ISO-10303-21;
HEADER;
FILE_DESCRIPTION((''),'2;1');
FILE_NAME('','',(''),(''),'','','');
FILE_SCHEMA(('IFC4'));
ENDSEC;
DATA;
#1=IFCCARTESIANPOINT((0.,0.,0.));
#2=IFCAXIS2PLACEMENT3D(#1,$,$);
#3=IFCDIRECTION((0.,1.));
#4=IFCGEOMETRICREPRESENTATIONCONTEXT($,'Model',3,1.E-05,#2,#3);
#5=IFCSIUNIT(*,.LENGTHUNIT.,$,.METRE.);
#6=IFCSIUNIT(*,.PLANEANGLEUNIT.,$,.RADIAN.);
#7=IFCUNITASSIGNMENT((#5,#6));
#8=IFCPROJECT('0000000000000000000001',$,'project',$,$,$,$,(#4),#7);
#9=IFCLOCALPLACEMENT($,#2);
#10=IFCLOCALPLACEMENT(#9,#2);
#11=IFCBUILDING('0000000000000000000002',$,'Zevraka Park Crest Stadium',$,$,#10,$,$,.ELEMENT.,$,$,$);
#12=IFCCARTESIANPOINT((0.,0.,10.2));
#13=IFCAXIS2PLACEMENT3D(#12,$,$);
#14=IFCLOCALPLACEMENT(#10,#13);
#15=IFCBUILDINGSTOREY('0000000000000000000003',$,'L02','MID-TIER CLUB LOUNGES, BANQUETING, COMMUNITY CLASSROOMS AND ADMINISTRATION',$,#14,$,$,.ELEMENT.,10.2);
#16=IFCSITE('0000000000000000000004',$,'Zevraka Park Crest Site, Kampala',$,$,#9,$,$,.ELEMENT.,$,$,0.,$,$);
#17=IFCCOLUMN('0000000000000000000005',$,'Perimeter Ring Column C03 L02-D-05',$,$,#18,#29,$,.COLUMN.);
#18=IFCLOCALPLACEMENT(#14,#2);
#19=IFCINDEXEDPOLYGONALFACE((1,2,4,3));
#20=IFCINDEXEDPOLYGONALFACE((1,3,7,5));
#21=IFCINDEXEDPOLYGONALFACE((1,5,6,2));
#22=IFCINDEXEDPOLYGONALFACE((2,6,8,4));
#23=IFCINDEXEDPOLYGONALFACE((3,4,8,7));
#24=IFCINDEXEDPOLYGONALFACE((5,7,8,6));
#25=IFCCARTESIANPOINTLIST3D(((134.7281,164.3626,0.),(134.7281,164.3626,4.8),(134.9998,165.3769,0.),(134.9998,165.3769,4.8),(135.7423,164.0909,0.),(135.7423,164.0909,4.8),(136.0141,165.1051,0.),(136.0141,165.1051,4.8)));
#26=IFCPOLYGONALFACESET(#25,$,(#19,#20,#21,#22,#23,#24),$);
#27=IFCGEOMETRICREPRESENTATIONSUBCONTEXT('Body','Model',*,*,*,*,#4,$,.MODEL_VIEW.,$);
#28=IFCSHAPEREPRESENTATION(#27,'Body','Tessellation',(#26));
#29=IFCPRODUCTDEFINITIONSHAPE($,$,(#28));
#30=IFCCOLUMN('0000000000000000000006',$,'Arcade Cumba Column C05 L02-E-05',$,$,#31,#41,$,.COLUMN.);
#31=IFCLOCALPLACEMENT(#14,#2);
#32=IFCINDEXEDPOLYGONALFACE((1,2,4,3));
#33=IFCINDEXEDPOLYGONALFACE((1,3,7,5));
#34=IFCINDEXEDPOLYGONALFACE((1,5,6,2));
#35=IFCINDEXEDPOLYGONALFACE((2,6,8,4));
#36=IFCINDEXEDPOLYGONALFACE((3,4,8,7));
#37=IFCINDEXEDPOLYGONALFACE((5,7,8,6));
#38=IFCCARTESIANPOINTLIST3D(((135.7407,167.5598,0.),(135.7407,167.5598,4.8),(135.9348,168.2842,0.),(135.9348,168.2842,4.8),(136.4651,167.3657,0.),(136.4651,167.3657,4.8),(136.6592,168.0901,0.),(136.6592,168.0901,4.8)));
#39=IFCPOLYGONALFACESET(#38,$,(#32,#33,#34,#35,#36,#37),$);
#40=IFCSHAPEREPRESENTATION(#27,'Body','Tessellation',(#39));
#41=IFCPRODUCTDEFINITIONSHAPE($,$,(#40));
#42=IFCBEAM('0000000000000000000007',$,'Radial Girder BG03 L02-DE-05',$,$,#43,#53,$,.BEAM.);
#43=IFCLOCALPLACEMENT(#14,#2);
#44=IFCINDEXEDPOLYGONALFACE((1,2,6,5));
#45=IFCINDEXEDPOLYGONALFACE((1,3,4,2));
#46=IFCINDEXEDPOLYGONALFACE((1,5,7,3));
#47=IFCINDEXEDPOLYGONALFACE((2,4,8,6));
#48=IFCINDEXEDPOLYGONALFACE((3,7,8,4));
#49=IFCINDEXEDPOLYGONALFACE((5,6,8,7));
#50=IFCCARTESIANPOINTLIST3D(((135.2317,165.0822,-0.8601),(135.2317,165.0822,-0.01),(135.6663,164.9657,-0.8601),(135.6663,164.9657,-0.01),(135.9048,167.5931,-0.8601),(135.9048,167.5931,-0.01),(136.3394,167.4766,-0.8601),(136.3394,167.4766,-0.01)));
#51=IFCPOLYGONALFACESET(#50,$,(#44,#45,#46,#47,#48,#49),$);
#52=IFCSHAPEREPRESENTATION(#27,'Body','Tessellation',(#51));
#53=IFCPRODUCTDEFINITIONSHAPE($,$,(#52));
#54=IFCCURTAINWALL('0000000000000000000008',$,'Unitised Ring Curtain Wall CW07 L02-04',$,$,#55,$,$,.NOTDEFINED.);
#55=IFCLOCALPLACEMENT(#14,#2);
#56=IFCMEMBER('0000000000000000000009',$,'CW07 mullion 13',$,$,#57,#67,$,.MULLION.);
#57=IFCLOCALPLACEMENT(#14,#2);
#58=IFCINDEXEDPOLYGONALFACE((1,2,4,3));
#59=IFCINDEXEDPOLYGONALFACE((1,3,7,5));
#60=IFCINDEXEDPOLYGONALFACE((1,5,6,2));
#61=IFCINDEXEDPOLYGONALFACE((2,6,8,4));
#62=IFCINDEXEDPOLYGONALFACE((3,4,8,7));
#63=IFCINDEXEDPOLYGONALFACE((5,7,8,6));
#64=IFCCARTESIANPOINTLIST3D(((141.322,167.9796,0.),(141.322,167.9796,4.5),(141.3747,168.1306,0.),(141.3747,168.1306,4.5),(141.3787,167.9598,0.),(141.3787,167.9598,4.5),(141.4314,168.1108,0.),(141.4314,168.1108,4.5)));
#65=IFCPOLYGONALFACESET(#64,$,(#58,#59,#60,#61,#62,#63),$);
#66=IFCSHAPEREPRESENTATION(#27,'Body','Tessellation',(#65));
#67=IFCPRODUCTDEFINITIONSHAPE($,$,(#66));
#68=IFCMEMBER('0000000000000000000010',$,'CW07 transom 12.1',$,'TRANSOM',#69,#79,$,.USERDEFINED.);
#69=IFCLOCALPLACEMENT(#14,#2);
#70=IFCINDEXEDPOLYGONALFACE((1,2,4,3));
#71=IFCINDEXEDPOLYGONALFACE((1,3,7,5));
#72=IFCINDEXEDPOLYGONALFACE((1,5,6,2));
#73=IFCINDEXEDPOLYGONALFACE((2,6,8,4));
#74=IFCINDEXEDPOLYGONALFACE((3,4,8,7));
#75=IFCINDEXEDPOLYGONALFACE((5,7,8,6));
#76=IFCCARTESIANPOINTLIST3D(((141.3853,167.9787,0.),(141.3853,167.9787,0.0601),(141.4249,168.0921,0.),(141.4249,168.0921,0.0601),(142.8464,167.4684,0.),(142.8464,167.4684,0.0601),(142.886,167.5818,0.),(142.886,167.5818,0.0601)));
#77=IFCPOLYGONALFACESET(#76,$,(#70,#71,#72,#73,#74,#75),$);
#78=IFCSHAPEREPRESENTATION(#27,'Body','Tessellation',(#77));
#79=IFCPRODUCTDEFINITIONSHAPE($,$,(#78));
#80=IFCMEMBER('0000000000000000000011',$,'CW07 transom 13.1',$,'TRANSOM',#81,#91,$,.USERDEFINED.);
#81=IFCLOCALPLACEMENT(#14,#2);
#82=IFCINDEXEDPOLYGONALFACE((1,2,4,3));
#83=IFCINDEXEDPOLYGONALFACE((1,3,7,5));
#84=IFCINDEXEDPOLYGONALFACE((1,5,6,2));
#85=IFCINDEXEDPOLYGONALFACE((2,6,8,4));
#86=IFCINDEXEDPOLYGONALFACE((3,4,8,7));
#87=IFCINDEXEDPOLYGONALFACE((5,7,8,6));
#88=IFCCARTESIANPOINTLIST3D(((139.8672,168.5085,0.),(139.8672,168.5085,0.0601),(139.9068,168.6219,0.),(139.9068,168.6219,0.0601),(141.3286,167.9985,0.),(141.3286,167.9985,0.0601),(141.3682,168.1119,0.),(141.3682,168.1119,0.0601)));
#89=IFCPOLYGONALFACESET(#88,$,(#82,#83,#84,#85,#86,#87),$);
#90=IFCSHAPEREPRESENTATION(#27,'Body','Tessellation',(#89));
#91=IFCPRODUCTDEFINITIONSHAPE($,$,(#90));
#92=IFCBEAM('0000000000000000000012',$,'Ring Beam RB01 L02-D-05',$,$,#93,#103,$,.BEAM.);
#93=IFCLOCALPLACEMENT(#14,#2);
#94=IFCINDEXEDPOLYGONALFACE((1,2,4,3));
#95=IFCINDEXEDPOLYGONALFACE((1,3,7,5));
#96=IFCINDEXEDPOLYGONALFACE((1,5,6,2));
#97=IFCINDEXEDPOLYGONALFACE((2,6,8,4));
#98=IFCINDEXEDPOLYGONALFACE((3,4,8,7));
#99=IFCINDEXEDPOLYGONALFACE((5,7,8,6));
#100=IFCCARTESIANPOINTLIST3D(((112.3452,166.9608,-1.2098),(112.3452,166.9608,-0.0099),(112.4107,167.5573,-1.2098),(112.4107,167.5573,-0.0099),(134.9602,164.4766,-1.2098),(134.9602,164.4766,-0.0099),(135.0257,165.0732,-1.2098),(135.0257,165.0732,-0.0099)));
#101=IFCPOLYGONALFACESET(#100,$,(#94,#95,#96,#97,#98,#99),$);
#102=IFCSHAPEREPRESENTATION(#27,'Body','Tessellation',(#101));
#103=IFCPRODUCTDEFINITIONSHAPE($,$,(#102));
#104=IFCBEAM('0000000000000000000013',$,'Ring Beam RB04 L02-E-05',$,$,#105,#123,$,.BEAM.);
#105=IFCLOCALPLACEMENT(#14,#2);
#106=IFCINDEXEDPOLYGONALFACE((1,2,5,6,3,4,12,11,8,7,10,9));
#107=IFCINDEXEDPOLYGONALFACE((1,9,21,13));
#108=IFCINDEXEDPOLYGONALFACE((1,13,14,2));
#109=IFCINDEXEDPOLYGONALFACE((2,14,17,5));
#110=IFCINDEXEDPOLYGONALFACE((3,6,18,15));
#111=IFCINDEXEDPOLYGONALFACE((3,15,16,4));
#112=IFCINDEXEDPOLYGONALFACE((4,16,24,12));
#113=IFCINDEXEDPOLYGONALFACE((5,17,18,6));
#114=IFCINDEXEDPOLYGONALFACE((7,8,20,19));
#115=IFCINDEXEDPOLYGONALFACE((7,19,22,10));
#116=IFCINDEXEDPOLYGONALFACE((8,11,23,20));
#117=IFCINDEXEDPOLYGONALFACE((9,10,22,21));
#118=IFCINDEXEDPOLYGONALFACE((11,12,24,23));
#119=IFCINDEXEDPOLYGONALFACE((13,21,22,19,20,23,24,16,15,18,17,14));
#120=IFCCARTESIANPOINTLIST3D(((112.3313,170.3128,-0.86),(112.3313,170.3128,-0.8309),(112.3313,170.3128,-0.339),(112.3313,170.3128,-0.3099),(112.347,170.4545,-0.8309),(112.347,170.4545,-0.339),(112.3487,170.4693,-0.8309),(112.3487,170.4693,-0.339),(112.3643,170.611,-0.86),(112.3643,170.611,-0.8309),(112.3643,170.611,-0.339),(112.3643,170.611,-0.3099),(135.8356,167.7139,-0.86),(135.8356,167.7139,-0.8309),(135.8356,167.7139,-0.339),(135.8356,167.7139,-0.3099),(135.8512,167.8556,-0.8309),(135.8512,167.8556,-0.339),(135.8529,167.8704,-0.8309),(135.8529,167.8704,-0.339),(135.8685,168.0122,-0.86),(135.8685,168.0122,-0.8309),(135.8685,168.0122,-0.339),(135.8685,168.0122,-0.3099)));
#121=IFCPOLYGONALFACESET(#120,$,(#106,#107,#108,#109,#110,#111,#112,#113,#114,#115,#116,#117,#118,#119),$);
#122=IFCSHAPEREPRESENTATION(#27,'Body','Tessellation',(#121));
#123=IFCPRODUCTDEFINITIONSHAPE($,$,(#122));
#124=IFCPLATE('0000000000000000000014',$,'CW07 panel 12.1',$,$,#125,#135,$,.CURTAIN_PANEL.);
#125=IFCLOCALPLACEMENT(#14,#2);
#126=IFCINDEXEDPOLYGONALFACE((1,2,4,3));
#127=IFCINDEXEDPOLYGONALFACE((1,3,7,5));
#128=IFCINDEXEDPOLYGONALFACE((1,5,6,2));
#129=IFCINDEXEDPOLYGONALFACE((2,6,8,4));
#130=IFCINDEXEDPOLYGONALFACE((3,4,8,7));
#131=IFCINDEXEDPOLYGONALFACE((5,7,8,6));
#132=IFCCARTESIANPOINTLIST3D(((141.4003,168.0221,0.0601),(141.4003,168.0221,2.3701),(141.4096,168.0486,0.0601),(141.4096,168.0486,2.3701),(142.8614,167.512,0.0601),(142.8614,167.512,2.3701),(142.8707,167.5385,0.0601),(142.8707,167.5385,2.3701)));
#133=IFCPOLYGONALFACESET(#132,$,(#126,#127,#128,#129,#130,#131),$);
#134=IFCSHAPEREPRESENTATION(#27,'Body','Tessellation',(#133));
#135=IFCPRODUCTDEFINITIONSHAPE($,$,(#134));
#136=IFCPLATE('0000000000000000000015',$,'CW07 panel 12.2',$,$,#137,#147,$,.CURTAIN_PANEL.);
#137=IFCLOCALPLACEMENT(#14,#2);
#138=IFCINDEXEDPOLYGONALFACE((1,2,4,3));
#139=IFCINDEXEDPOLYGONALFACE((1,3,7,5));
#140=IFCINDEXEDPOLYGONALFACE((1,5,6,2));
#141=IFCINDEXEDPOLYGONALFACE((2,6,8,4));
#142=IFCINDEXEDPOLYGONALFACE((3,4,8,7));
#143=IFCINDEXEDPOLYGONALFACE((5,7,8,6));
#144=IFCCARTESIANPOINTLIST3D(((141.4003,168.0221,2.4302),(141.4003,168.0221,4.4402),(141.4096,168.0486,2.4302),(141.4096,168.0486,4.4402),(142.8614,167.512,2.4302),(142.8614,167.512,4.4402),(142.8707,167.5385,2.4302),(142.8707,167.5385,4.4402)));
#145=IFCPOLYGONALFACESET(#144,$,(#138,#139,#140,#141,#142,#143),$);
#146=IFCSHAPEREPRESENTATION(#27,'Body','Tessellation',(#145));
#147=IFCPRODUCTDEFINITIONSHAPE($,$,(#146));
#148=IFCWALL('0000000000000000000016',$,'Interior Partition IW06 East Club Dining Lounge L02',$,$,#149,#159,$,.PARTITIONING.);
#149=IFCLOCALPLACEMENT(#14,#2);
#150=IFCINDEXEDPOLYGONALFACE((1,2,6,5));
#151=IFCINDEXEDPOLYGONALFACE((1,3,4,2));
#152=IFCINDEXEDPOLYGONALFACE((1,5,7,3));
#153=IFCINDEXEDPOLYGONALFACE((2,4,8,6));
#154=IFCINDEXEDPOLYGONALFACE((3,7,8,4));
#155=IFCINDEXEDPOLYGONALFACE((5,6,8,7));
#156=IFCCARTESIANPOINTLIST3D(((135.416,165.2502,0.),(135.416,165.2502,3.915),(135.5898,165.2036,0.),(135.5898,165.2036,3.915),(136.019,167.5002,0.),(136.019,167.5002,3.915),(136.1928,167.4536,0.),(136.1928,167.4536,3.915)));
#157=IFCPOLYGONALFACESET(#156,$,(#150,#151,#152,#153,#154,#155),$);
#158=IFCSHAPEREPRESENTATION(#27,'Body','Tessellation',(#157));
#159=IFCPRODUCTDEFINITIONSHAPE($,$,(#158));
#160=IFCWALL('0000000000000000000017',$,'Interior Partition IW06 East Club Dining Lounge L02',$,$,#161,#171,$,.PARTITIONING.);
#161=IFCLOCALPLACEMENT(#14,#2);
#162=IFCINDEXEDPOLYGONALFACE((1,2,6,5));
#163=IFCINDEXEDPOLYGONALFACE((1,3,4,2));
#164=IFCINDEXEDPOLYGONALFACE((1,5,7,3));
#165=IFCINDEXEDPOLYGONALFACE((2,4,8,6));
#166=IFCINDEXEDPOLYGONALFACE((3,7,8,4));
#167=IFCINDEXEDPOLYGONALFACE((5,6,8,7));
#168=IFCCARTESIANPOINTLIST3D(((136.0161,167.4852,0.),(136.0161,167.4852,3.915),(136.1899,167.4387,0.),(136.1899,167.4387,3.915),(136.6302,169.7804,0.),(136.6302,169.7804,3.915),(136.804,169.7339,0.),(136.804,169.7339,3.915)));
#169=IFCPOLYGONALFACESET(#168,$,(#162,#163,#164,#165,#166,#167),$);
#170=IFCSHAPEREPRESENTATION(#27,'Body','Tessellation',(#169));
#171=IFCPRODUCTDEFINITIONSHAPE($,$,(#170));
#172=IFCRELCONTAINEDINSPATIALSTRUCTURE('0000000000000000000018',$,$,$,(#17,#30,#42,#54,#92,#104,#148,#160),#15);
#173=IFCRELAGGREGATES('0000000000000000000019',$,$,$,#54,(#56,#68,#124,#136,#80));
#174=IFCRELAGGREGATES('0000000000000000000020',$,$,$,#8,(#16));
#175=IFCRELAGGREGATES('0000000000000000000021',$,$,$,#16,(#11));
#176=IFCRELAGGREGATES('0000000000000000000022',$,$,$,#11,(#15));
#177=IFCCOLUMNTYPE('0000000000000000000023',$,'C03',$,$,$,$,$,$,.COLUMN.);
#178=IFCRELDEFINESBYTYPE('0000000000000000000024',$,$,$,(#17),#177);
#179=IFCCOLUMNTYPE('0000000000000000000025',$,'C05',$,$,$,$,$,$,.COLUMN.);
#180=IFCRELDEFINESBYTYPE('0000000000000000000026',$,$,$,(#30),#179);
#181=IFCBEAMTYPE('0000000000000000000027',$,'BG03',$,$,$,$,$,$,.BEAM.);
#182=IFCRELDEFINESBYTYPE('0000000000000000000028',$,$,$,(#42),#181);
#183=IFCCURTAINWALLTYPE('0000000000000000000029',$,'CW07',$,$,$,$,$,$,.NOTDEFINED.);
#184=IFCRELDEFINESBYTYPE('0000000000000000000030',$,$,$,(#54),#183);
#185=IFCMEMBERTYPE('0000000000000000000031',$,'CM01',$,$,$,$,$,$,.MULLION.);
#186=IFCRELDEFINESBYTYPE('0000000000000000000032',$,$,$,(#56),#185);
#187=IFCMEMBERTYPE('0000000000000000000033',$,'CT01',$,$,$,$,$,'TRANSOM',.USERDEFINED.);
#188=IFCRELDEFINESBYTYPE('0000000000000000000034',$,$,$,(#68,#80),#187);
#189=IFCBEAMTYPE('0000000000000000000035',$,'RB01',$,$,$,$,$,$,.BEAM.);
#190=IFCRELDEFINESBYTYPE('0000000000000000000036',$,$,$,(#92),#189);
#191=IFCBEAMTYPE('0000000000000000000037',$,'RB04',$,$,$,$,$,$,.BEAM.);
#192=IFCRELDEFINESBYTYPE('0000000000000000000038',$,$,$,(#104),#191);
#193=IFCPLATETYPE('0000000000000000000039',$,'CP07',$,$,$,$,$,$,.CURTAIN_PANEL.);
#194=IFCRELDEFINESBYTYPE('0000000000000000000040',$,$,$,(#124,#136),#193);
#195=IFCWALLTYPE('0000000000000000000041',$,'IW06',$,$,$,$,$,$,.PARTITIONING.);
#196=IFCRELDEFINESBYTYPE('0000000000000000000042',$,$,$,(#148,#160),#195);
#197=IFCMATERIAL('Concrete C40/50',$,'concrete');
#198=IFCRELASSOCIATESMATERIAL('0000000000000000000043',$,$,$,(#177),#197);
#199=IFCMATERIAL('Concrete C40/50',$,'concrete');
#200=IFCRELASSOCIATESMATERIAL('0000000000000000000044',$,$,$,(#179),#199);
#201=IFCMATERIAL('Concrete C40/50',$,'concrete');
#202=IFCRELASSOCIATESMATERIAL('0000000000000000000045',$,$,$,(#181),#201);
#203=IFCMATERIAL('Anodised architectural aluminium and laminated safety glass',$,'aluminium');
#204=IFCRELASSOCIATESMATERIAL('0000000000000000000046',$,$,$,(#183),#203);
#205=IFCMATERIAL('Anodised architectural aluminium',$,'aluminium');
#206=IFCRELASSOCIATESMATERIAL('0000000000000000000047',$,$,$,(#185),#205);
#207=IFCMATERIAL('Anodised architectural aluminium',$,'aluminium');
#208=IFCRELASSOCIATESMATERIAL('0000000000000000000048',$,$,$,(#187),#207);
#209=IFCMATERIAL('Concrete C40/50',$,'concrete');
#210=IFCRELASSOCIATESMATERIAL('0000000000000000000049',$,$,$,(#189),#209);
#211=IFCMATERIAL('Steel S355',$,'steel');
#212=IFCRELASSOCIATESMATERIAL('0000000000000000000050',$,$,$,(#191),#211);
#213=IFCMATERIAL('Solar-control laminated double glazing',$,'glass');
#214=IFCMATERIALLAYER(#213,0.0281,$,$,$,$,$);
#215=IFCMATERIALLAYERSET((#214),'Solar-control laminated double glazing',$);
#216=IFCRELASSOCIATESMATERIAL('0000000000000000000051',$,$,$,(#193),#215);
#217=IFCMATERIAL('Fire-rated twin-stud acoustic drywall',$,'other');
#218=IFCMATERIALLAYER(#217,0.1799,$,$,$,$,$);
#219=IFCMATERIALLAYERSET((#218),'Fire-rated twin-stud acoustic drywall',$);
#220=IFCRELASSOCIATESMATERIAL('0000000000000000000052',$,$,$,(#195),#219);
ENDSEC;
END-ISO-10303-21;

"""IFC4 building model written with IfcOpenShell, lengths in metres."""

from ifc_helpers import new_model, si_unit, direction, frame, frame_2d, origin, origin_2d, place, context, subcontext, project, spatial, rectangle, i_section, extrude, material, layer, layer_set, material_profile, profile_set, type_object, element, aggregate, save


model = new_model("IFC4")

# Units and contexts
model_context = context("Model", 3, precision=1e-05, world=origin(), true_north=direction((0.0, 1.0)))
body_context = subcontext(model_context, "Body", "Model", "MODEL_VIEW")
ifc_project = project(units=[si_unit("LENGTHUNIT", "METRE"), si_unit("PLANEANGLEUNIT", "RADIAN")], contexts=[model_context])

# Site, building, storey
site_placement = place(None, origin())
site = spatial("IfcSite", under=ifc_project, at=site_placement, Name="Zevraka Park Crest Site, Kampala", CompositionType="ELEMENT", RefElevation=0.0)
building_placement = place(site_placement, origin())
building = spatial("IfcBuilding", under=site, at=building_placement, Name="Zevraka Park Crest Stadium", CompositionType="ELEMENT")
storey_placement = place(building_placement, frame((0.0, 0.0, 10.2)))
storey = spatial("IfcBuildingStorey", under=building, at=storey_placement, Name="L02", Description="MID-TIER CLUB LOUNGES, BANQUETING, COMMUNITY CLASSROOMS AND ADMINISTRATION", CompositionType="ELEMENT", Elevation=10.2)

# Columns
ifc_material_1 = material(Name="Concrete C40/50", Category="concrete")
ifc_material_profile_1 = material_profile(ifc_material_1, rectangle(XDim=1.05, YDim=1.05, at=origin_2d()), Name="RC 1050x1050")
ifc_profile_set_1 = profile_set([ifc_material_profile_1], Name="Concrete C40/50")
column_type_1 = type_object("IfcColumnType", Name="C03", PredefinedType="COLUMN", material=ifc_profile_set_1)
column_1_placement = place(storey_placement, frame((135.3711, 164.7339, 0.0), z_axis=(0.0, 0.0, 1.0), x_axis=(0.258819, 0.965926, 0.0)))
element("IfcColumn", 1, at=column_1_placement, inside=storey, type_object=column_type_1, Name="Perimeter Ring Column C03 L02-D-05", PredefinedType="COLUMN", context=body_context, shape_type="SweptSolid", body=[
    extrude(rectangle(XDim=1.05, YDim=1.05, at=origin_2d()), origin(), (0.0, 0.0, 1.0), 4.8),
])
ifc_material_2 = material(Name="Concrete C40/50", Category="concrete")
ifc_material_profile_2 = material_profile(ifc_material_2, rectangle(XDim=0.75, YDim=0.75, at=origin_2d()), Name="RC 750x750")
ifc_profile_set_2 = profile_set([ifc_material_profile_2], Name="Concrete C40/50")
column_type_2 = type_object("IfcColumnType", Name="C05", PredefinedType="COLUMN", material=ifc_profile_set_2)
column_2_placement = place(storey_placement, frame((136.2, 167.825, 0.0), z_axis=(0.0, 0.0, 1.0), x_axis=(0.258819, 0.965926, 0.0)))
element("IfcColumn", 2, at=column_2_placement, inside=storey, type_object=column_type_2, Name="Arcade Cumba Column C05 L02-E-05", PredefinedType="COLUMN", context=body_context, shape_type="SweptSolid", body=[
    extrude(rectangle(XDim=0.75, YDim=0.75, at=origin_2d()), origin(), (0.0, 0.0, 1.0), 4.8),
])

# Beam
ifc_material_3 = material(Name="Concrete C40/50", Category="concrete")
ifc_material_profile_3 = material_profile(ifc_material_3, rectangle(XDim=0.45, YDim=0.8501, at=origin_2d()), Name="RC 850x450")
ifc_profile_set_3 = profile_set([ifc_material_profile_3], Name="Concrete C40/50")
beam_type_1 = type_object("IfcBeamType", Name="BG03", PredefinedType="BEAM", material=ifc_profile_set_3)
beam_1_placement = place(storey_placement, frame((135.449, 165.0239, -0.4351), z_axis=(0.258919, 0.965899, 0.0), x_axis=(-0.965899, 0.258919, 0.0)))
element("IfcBeam", 3, at=beam_1_placement, inside=storey, type_object=beam_type_1, Name="Radial Girder BG03 L02-DE-05", PredefinedType="BEAM", context=body_context, shape_type="SweptSolid", body=[
    extrude(rectangle(XDim=0.45, YDim=0.8501, at=origin_2d()), origin(), (0.0, 0.0, 1.0), 2.5996),
])

# Curtain wall, members
ifc_material_4 = material(Name="Anodised architectural aluminium and laminated safety glass", Category="aluminium")
curtain_wall_type = type_object("IfcCurtainWallType", Name="CW07", PredefinedType="NOTDEFINED", material=ifc_material_4)
curtain_wall_placement = place(storey_placement, origin())
curtain_wall = element("IfcCurtainWall", 4, at=curtain_wall_placement, inside=storey, type_object=curtain_wall_type, Name="Unitised Ring Curtain Wall CW07 L02-04", PredefinedType="NOTDEFINED")
ifc_material_5 = material(Name="Anodised architectural aluminium", Category="aluminium")
ifc_material_profile_4 = material_profile(ifc_material_5, rectangle(XDim=0.1599, YDim=0.0601, at=origin_2d()), Name="ALU MULLION 160x60")
ifc_profile_set_4 = profile_set([ifc_material_profile_4], Name="Anodised architectural aluminium")
member_type_1 = type_object("IfcMemberType", Name="CM01", PredefinedType="MULLION", material=ifc_profile_set_4)
member_1_placement = place(storey_placement, frame((141.3767, 168.0452, 0.0), z_axis=(0.0, 0.0, 1.0), x_axis=(-0.329619, -0.944114, 0.0)))
member_1 = element("IfcMember", 5, at=member_1_placement, type_object=member_type_1, Name="CW07 mullion 13", PredefinedType="MULLION", context=body_context, shape_type="SweptSolid", body=[
    extrude(rectangle(XDim=0.1599, YDim=0.0601, at=origin_2d()), origin(), (0.0, 0.0, 1.0), 4.5),
])
ifc_material_6 = material(Name="Anodised architectural aluminium", Category="aluminium")
ifc_material_profile_5 = material_profile(ifc_material_6, rectangle(XDim=0.1201, YDim=0.0601, at=origin_2d()), Name="ALU TRANSOM 120x60")
ifc_profile_set_5 = profile_set([ifc_material_profile_5], Name="Anodised architectural aluminium")
member_type_2 = type_object("IfcMemberType", Name="CT01", ElementType="TRANSOM", PredefinedType="USERDEFINED", material=ifc_profile_set_5)
member_2_placement = place(storey_placement, frame((142.8662, 167.5251, 0.03), z_axis=(-0.944092, 0.329683, 0.0), x_axis=(-0.329683, -0.944092, 0.0)))
member_2 = element("IfcMember", 6, at=member_2_placement, type_object=member_type_2, Name="CW07 transom 12.1", ObjectType="TRANSOM", PredefinedType="USERDEFINED", context=body_context, shape_type="SweptSolid", body=[
    extrude(rectangle(XDim=0.1201, YDim=0.0601, at=origin_2d()), origin(), (0.0, 0.0, 1.0), 1.5476),
])
member_3_placement = place(storey_placement, frame((141.3484, 168.0552, 0.03), z_axis=(-0.944158, 0.329493, 0.0), x_axis=(-0.329493, -0.944158, 0.0)))
member_3 = element("IfcMember", 7, at=member_3_placement, type_object=member_type_2, Name="CW07 transom 13.1", ObjectType="TRANSOM", PredefinedType="USERDEFINED", context=body_context, shape_type="SweptSolid", body=[
    extrude(rectangle(XDim=0.1201, YDim=0.0601, at=origin_2d()), origin(), (0.0, 0.0, 1.0), 1.5479),
])

# Beams
ifc_material_7 = material(Name="Concrete C40/50", Category="concrete")
ifc_material_profile_6 = material_profile(ifc_material_7, rectangle(XDim=0.6001, YDim=1.2, at=origin_2d()), Name="RC 1200x600")
ifc_profile_set_6 = profile_set([ifc_material_profile_6], Name="Concrete C40/50")
beam_type_2 = type_object("IfcBeamType", Name="RB01", PredefinedType="BEAM", material=ifc_profile_set_6)
beam_2_placement = place(storey_placement, frame((134.9929, 164.7749, -0.6099), z_axis=(-0.994021, 0.109188, 0.0), x_axis=(-0.109188, -0.994021, 0.0)))
element("IfcBeam", 8, at=beam_2_placement, inside=storey, type_object=beam_type_2, Name="Ring Beam RB01 L02-D-05", PredefinedType="BEAM", context=body_context, shape_type="SweptSolid", body=[
    extrude(rectangle(XDim=0.6001, YDim=1.2, at=origin_2d()), origin(), (0.0, 0.0, 1.0), 22.751),
])
ifc_material_8 = material(Name="Steel S355", Category="steel")
ifc_material_profile_7 = material_profile(ifc_material_8, i_section(OverallWidth=0.3, OverallDepth=0.55, WebThickness=0.0149, FlangeThickness=0.0291, at=origin_2d()), Name="HEB 550")
ifc_profile_set_7 = profile_set([ifc_material_profile_7], Name="Steel S355")
beam_type_3 = type_object("IfcBeamType", Name="RB04", PredefinedType="BEAM", material=ifc_profile_set_7)
beam_3_placement = place(storey_placement, frame((135.8521, 167.863, -0.585), z_axis=(-0.993943, 0.109901, 0.0), x_axis=(-0.109901, -0.993943, 0.0)))
element("IfcBeam", 9, at=beam_3_placement, inside=storey, type_object=beam_type_3, Name="Ring Beam RB04 L02-E-05", PredefinedType="BEAM", context=body_context, shape_type="SweptSolid", body=[
    extrude(i_section(OverallWidth=0.3, OverallDepth=0.55, WebThickness=0.0149, FlangeThickness=0.0291, at=origin_2d()), origin(), (0.0, 0.0, 1.0), 23.6475),
])

# Plates
ifc_material_9 = material(Name="Solar-control laminated double glazing", Category="glass")
ifc_layer_1 = layer(ifc_material_9, 0.0281)
ifc_layer_set_1 = layer_set([ifc_layer_1], Name="Solar-control laminated double glazing")
plate_type = type_object("IfcPlateType", Name="CP07", PredefinedType="CURTAIN_PANEL", material=ifc_layer_set_1)
plate_1_placement = place(storey_placement, frame((142.1355, 167.7803, 0.0601), z_axis=(0.0, 0.0, 1.0), x_axis=(-0.944114, 0.329619, 0.0)))
plate_1 = element("IfcPlate", 10, at=plate_1_placement, type_object=plate_type, Name="CW07 panel 12.1", PredefinedType="CURTAIN_PANEL", context=body_context, shape_type="SweptSolid", body=[
    extrude(rectangle(XDim=1.5476, YDim=0.0281, at=origin_2d()), origin(), (0.0, 0.0, 1.0), 2.3101),
])
plate_2_placement = place(storey_placement, frame((142.1355, 167.7803, 2.4302), z_axis=(0.0, 0.0, 1.0), x_axis=(-0.944114, 0.329619, 0.0)))
plate_2 = element("IfcPlate", 11, at=plate_2_placement, type_object=plate_type, Name="CW07 panel 12.2", PredefinedType="CURTAIN_PANEL", context=body_context, shape_type="SweptSolid", body=[
    extrude(rectangle(XDim=1.5476, YDim=0.0281, at=origin_2d()), origin(), (0.0, 0.0, 1.0), 2.01),
])
aggregate(curtain_wall, [member_1, member_2, plate_1, plate_2, member_3])

# Walls
ifc_material_10 = material(Name="Fire-rated twin-stud acoustic drywall", Category="other")
ifc_layer_2 = layer(ifc_material_10, 0.1799)
ifc_layer_set_2 = layer_set([ifc_layer_2], Name="Fire-rated twin-stud acoustic drywall")
wall_type_1 = type_object("IfcWallType", Name="IW06", PredefinedType="PARTITIONING", material=ifc_layer_set_2)
wall_1_placement = place(storey_placement, frame((135.5029, 165.2271, 0.0), z_axis=(0.0, 0.0, 1.0), x_axis=(0.258876, 0.965911, 0.0)))
element("IfcWall", 12, at=wall_1_placement, inside=storey, type_object=wall_type_1, Name="Interior Partition IW06 East Club Dining Lounge L02", PredefinedType="PARTITIONING", context=body_context, shape_type="SweptSolid", body=[
    extrude(rectangle(XDim=2.3293, YDim=0.1799, at=frame_2d((1.1646, 0.0))), origin(), (0.0, 0.0, 1.0), 3.915),
])
wall_2_placement = place(storey_placement, frame((136.103, 167.4619, 0.0), z_axis=(0.0, 0.0, 1.0), x_axis=(0.258436, 0.966028, 0.0)))
element("IfcWall", 13, at=wall_2_placement, inside=storey, type_object=wall_type_1, Name="Interior Partition IW06 East Club Dining Lounge L02", PredefinedType="PARTITIONING", context=body_context, shape_type="SweptSolid", body=[
    extrude(rectangle(XDim=2.376, YDim=0.1799, at=frame_2d((1.188, 0.0))), origin(), (0.0, 0.0, 1.0), 3.915),
])

save(model, "model.ifc")
